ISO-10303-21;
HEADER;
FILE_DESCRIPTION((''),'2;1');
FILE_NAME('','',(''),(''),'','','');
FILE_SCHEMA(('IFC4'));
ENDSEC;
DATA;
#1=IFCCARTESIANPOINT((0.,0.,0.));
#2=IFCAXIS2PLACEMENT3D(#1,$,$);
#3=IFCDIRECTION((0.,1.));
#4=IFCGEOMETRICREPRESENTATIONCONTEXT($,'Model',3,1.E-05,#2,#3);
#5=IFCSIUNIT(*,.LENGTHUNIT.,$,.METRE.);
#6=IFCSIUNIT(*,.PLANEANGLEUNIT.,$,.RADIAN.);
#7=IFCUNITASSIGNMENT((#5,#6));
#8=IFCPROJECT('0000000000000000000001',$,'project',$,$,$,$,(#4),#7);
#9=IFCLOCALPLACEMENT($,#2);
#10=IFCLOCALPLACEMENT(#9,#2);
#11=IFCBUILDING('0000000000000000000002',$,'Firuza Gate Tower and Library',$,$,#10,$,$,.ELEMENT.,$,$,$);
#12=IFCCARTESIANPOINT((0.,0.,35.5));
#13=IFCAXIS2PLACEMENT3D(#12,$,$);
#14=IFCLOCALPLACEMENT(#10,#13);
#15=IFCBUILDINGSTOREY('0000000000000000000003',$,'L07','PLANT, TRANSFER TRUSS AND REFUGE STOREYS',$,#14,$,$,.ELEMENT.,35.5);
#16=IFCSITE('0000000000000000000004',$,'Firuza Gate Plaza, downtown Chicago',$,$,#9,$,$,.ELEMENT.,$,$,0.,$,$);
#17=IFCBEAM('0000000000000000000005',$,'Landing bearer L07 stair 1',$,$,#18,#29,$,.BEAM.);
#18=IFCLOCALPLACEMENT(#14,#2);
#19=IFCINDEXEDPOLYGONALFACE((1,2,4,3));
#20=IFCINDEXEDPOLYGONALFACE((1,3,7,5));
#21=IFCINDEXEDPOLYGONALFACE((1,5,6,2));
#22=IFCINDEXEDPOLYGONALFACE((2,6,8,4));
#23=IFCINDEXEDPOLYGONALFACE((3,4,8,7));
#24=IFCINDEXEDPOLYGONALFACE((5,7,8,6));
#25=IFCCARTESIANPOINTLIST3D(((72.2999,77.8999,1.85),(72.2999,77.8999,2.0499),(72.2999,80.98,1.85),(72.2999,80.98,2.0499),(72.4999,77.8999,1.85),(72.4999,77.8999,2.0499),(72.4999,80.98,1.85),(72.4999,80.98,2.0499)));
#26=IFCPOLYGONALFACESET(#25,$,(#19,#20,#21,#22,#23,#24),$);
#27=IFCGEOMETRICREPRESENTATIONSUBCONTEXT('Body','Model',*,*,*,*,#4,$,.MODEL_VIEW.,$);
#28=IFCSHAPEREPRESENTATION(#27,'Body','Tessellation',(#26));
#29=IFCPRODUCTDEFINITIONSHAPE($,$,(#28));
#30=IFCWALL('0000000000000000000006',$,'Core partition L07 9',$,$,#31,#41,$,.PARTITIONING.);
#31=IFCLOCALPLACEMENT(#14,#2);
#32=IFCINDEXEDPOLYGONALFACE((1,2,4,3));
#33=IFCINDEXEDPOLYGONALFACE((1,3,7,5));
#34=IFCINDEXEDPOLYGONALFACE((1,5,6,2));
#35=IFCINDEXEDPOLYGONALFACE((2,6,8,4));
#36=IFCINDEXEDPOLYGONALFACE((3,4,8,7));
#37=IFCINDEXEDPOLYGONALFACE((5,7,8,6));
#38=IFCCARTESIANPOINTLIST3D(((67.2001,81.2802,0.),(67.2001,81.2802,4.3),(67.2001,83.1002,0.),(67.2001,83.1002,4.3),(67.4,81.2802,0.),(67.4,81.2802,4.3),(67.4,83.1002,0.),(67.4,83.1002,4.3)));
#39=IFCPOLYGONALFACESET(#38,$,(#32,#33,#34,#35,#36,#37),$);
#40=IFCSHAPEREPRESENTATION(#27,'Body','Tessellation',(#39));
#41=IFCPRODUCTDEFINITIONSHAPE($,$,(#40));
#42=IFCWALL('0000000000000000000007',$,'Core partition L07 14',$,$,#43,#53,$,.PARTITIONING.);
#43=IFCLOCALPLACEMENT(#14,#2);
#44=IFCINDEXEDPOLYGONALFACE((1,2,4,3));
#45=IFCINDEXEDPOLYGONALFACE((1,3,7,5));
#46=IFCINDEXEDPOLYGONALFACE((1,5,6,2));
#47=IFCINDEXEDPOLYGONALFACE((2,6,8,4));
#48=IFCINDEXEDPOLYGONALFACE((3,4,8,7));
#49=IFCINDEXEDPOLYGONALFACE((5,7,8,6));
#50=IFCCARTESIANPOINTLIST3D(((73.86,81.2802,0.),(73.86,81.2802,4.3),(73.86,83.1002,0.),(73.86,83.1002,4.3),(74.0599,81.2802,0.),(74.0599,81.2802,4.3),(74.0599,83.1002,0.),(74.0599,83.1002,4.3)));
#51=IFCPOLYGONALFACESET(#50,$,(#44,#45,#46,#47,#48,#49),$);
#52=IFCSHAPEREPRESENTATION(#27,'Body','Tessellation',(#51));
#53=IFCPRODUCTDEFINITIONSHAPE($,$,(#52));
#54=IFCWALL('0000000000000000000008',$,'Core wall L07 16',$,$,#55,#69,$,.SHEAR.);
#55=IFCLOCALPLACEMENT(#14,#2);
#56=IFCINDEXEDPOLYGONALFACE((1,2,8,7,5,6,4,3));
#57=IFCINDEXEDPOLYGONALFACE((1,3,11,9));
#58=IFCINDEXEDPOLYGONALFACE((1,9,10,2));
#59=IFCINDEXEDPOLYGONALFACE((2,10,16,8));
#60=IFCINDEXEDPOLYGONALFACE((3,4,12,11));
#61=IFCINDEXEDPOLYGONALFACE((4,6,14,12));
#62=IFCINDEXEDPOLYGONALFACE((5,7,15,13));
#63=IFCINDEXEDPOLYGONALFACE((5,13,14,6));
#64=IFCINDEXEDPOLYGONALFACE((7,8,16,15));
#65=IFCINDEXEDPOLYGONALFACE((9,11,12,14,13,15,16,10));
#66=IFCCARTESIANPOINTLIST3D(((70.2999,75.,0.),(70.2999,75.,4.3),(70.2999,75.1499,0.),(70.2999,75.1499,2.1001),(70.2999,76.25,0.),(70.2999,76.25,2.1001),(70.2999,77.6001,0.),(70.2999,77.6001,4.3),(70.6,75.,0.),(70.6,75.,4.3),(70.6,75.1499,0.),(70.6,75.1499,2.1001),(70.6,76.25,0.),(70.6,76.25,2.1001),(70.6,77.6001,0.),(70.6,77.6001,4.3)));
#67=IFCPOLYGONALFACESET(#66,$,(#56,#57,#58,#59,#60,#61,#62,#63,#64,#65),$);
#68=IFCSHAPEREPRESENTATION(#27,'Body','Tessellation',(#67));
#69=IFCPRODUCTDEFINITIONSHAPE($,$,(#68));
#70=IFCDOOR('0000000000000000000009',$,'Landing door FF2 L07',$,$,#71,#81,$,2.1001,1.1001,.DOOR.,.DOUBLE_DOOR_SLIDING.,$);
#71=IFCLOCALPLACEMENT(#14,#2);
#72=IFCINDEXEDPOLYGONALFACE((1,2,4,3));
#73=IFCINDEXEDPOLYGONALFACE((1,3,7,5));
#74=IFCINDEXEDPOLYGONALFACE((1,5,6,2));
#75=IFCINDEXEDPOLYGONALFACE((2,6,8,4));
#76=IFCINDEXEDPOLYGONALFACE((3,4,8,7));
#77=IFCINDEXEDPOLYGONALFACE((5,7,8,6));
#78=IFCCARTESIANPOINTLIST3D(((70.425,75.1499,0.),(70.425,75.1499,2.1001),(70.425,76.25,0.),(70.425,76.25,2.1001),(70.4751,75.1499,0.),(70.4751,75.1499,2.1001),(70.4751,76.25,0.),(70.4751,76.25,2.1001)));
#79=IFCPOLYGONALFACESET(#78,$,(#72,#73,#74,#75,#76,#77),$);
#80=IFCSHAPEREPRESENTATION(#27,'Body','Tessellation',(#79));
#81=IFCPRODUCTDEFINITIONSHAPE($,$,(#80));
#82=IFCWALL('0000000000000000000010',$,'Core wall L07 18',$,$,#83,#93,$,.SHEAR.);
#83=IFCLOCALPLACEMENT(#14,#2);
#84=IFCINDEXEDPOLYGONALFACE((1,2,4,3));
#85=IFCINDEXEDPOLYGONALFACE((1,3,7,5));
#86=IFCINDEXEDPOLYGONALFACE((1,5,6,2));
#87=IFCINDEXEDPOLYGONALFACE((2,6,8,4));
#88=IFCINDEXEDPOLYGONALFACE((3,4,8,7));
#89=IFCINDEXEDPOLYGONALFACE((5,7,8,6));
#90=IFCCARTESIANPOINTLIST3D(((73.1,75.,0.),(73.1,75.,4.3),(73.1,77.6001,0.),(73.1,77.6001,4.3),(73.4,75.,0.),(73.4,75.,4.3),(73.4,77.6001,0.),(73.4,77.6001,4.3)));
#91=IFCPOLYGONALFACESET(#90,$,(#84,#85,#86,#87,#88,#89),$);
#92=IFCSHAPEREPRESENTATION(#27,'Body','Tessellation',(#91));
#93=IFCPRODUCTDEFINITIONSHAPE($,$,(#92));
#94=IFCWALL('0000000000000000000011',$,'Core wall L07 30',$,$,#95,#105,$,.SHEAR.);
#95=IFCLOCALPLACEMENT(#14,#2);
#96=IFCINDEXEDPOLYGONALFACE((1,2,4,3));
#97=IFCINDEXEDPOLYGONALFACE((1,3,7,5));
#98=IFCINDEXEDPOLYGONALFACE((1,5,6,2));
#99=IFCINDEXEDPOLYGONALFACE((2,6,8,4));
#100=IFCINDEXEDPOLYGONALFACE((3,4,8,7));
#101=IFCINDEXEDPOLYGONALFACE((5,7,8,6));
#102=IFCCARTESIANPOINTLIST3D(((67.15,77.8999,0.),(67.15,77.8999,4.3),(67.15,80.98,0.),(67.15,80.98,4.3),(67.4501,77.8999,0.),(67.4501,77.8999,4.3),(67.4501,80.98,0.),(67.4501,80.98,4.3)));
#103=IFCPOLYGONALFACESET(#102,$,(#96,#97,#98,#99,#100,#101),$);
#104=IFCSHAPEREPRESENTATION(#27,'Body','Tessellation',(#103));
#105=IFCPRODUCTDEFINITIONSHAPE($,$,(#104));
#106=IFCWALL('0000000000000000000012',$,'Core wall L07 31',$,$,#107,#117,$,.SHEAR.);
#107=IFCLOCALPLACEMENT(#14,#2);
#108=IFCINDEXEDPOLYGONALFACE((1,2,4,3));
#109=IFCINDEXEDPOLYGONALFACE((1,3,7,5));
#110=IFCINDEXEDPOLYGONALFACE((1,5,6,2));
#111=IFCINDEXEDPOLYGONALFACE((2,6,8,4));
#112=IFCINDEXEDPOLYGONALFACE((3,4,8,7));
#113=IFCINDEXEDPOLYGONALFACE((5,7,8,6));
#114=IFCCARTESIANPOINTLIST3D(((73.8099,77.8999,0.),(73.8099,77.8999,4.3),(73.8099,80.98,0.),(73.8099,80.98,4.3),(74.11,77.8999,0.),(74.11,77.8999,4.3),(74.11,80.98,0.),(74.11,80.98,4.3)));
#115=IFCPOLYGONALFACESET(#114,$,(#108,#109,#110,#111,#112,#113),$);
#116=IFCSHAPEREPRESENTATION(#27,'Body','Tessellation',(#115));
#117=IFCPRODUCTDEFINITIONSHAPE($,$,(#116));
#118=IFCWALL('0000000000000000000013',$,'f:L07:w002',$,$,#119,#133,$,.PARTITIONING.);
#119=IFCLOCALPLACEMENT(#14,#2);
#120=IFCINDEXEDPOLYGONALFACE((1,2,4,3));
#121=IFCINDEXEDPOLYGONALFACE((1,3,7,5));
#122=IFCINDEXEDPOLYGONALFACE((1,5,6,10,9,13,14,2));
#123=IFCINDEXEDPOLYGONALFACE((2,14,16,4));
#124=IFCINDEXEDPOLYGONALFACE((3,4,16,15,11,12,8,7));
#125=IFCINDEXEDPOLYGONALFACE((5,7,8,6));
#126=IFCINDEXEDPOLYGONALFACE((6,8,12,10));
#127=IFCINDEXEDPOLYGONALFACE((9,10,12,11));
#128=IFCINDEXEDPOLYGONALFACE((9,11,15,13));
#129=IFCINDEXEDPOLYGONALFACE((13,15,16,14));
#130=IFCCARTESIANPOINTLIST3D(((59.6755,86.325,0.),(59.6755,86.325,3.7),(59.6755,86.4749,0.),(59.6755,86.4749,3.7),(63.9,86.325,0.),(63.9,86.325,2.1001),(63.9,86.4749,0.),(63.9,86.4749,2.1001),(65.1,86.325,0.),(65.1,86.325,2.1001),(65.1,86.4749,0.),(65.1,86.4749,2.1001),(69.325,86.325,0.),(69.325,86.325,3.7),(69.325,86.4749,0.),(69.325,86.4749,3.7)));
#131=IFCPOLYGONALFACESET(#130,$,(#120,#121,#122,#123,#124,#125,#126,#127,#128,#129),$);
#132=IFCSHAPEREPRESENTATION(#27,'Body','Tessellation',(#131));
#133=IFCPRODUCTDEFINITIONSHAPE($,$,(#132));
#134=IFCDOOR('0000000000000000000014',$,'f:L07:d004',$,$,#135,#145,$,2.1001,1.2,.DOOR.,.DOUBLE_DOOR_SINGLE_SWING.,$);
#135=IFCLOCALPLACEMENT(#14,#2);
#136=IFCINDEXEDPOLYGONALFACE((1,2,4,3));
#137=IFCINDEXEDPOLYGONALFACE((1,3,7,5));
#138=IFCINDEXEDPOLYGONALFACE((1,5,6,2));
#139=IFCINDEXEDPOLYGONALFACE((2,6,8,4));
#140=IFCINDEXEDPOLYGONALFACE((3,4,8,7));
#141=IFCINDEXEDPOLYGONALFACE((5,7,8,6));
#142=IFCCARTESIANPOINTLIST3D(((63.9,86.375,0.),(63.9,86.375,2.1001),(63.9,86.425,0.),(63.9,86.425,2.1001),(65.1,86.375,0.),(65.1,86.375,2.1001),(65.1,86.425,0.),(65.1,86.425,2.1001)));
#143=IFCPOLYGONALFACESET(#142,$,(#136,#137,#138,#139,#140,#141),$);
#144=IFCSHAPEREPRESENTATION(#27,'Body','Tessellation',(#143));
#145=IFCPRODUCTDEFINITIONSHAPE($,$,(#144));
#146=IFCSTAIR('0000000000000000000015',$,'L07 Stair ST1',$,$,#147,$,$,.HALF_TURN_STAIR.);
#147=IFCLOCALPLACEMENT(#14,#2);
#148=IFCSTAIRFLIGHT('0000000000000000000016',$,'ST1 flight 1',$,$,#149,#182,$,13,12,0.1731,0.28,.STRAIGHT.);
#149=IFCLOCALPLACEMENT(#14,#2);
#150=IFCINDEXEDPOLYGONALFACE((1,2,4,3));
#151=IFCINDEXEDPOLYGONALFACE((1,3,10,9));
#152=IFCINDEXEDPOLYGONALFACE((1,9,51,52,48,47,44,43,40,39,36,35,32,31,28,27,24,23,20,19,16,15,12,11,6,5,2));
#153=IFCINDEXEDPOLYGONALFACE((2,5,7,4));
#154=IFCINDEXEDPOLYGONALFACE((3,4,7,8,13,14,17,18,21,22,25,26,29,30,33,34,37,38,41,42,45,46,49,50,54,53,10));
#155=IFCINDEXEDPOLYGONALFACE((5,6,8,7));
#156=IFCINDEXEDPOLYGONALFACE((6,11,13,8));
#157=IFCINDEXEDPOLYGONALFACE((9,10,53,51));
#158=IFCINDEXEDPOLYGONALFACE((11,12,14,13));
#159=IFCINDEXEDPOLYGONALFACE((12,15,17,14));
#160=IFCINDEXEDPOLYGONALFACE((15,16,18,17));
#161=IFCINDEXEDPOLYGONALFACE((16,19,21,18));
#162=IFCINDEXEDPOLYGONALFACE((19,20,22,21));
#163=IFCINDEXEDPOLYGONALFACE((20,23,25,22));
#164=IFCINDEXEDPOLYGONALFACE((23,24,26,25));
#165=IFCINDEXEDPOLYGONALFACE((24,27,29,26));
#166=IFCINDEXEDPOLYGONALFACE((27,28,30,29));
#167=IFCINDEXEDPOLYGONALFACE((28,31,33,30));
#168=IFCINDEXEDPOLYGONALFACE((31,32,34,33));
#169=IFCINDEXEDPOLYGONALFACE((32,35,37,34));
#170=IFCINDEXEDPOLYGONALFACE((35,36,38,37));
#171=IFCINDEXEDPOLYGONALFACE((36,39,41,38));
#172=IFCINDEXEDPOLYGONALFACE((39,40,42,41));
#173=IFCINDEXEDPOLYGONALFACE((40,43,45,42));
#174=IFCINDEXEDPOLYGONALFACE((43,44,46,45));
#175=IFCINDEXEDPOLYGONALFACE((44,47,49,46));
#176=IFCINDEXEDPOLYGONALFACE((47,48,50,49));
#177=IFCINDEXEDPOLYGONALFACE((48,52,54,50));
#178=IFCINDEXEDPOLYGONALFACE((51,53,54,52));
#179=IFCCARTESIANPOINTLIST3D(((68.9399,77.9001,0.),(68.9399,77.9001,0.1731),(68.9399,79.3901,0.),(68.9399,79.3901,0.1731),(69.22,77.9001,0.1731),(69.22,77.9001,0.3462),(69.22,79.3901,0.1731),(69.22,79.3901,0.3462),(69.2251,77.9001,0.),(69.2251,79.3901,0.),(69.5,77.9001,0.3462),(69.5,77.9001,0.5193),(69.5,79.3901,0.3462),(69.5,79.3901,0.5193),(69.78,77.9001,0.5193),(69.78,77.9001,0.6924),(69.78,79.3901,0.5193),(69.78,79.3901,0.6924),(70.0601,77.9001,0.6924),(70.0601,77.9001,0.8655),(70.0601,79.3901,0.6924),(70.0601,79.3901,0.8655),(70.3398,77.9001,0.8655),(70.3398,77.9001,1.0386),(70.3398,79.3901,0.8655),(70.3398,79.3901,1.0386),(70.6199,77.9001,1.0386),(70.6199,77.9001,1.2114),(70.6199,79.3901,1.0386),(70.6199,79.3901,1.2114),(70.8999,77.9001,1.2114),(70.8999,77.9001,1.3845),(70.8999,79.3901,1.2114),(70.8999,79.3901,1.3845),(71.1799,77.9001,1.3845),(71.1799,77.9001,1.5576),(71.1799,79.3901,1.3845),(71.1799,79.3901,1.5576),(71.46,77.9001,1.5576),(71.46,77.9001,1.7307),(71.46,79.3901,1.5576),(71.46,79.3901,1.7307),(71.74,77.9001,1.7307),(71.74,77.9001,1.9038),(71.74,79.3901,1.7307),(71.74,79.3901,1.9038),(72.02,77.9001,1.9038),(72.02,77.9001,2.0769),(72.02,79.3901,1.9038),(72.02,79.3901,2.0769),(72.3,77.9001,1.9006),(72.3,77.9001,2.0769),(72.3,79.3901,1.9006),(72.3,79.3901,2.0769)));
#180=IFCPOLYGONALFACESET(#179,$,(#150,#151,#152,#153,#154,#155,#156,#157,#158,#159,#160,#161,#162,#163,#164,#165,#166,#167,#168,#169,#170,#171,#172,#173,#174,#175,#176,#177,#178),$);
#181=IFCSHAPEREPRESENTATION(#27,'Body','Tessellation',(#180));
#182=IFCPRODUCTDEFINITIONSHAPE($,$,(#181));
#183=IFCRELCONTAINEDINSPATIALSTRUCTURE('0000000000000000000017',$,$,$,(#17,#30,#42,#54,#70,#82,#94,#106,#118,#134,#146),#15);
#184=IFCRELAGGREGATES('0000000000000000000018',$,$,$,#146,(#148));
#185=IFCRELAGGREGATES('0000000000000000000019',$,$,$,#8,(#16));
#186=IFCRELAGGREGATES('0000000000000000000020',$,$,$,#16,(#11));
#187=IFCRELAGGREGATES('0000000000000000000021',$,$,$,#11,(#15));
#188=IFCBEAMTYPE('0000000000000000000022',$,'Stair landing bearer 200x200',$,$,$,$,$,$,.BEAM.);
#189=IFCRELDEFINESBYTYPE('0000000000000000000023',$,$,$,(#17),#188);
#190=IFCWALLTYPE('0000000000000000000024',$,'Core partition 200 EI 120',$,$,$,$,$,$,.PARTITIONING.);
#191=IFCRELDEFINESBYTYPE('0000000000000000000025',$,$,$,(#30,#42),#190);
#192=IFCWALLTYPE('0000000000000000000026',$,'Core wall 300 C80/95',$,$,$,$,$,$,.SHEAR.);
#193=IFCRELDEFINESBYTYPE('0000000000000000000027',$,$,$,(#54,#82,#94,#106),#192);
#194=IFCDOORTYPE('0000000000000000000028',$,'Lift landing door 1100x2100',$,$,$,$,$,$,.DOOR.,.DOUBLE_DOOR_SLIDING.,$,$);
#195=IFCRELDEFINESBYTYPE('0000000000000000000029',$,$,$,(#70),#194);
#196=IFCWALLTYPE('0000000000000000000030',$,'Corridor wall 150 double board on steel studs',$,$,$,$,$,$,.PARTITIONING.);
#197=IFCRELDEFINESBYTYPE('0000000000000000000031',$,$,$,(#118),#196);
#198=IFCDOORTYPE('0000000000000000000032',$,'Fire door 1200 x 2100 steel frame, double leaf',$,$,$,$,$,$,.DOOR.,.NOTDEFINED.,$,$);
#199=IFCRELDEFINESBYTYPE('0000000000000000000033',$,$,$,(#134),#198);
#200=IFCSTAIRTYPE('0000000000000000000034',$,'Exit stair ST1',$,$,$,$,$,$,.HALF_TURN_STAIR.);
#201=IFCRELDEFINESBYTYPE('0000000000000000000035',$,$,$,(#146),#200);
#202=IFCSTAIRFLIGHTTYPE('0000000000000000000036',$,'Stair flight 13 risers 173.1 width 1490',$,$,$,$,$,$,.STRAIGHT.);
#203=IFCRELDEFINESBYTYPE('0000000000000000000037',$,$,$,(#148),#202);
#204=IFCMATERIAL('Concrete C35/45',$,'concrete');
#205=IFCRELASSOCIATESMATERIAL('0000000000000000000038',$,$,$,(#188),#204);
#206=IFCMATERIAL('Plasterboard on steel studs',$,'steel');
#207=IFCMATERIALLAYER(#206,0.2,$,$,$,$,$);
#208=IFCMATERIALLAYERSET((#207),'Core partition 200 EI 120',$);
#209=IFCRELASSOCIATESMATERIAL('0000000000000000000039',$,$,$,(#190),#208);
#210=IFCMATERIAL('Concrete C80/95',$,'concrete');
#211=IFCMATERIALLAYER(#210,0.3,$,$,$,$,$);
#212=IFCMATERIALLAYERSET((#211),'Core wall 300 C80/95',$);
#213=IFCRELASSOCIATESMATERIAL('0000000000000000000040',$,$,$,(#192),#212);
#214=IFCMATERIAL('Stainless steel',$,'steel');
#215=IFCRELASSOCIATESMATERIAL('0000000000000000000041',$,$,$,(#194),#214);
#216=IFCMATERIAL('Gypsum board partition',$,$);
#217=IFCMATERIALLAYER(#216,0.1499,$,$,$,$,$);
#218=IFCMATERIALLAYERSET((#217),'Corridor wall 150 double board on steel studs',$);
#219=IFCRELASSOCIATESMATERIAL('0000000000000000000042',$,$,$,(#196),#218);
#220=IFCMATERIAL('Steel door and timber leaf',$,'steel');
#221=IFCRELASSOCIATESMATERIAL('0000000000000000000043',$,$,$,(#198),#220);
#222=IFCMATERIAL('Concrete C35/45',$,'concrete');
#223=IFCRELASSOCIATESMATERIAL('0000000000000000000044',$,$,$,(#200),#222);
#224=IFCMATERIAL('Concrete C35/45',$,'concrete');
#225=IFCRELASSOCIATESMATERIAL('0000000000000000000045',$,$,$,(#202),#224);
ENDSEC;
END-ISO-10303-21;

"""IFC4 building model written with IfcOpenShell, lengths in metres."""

from ifc_helpers import new_model, si_unit, direction, frame, frame_2d, origin, origin_2d, place, context, subcontext, project, spatial, polyline, rectangle, outline, extrude, material, layer, layer_set, material_profile, profile_set, type_object, element, fill, aggregate, save


model = new_model("IFC4")

# Units and contexts
model_context = context("Model", 3, precision=1e-05, world=origin(), true_north=direction((0.0, 1.0)))
body_context = subcontext(model_context, "Body", "Model", "MODEL_VIEW")
ifc_project = project(units=[si_unit("LENGTHUNIT", "METRE"), si_unit("PLANEANGLEUNIT", "RADIAN")], contexts=[model_context])

# Site, building, storey
site_placement = place(None, origin())
site = spatial("IfcSite", under=ifc_project, at=site_placement, Name="Firuza Gate Plaza, downtown Chicago", CompositionType="ELEMENT", RefElevation=0.0)
building_placement = place(site_placement, origin())
building = spatial("IfcBuilding", under=site, at=building_placement, Name="Firuza Gate Tower and Library", CompositionType="ELEMENT")
storey_placement = place(building_placement, frame((0.0, 0.0, 35.5)))
storey = spatial("IfcBuildingStorey", under=building, at=storey_placement, Name="L07", Description="PLANT, TRANSFER TRUSS AND REFUGE STOREYS", CompositionType="ELEMENT", Elevation=35.5)

# Beam
ifc_material_1 = material(Name="Concrete C35/45", Category="concrete")
ifc_material_profile = material_profile(ifc_material_1, rectangle(XDim=0.2, YDim=0.2, at=origin_2d()))
ifc_profile_set = profile_set([ifc_material_profile], Name="Concrete C35/45")
beam_type = type_object("IfcBeamType", Name="Stair landing bearer 200x200", PredefinedType="BEAM", material=ifc_profile_set)
beam_placement = place(storey_placement, frame((72.3999, 77.8999, 1.95), z_axis=(0.0, 1.0, 0.0), x_axis=(-1.0, 0.0, 0.0)))
element("IfcBeam", 1, at=beam_placement, inside=storey, type_object=beam_type, Name="Landing bearer L07 stair 1", PredefinedType="BEAM", context=body_context, shape_type="SweptSolid", body=[
    extrude(rectangle(XDim=0.2, YDim=0.2, at=origin_2d()), origin(), (0.0, 0.0, 1.0), 3.0801),
])

# Walls
ifc_material_2 = material(Name="Plasterboard on steel studs", Category="steel")
ifc_layer_1 = layer(ifc_material_2, 0.2)
ifc_layer_set_1 = layer_set([ifc_layer_1], Name="Core partition 200 EI 120")
wall_type_1 = type_object("IfcWallType", Name="Core partition 200 EI 120", PredefinedType="PARTITIONING", material=ifc_layer_set_1)
for number, where, z_axis, x_axis, name in (
    (2, (67.3, 81.28, 0.0), (0.0, 0.0, 1.0), (0.0, 1.0, 0.0), "Core partition L07 9"),
    (3, (73.96, 81.28, 0.0), (0.0, 0.0, 1.0), (0.0, 1.0, 0.0), "Core partition L07 14"),
):
    element("IfcWall", number, at=place(storey_placement, frame(where, z_axis=z_axis, x_axis=x_axis)), inside=storey, type_object=wall_type_1, Name=name, PredefinedType="PARTITIONING", context=body_context, shape_type="SweptSolid", body=[
        extrude(rectangle(XDim=1.8201, YDim=0.2, at=frame_2d((0.9102, 0.0))), origin(), (0.0, 0.0, 1.0), 4.3),
    ])

# Wall, opening, door
ifc_material_3 = material(Name="Concrete C80/95", Category="concrete")
ifc_layer_2 = layer(ifc_material_3, 0.3)
ifc_layer_set_2 = layer_set([ifc_layer_2], Name="Core wall 300 C80/95")
wall_type_2 = type_object("IfcWallType", Name="Core wall 300 C80/95", PredefinedType="SHEAR", material=ifc_layer_set_2)
wall_1_placement = place(storey_placement, frame((70.45, 75.0, 0.0), z_axis=(0.0, 0.0, 1.0), x_axis=(0.0, 1.0, 0.0)))
wall_1 = element("IfcWall", 4, at=wall_1_placement, inside=storey, type_object=wall_type_2, Name="Core wall L07 16", PredefinedType="SHEAR", context=body_context, shape_type="SweptSolid", body=[
    extrude(rectangle(XDim=2.6001, YDim=0.3, at=frame_2d((1.3, 0.0))), origin(), (0.0, 0.0, 1.0), 4.3),
])
opening_1_placement = place(wall_1_placement, frame((0.1499, 0.0, 0.0)))
opening_1 = element("IfcOpeningElement", 5, at=opening_1_placement, cuts=wall_1, PredefinedType="OPENING", context=body_context, shape_type="SweptSolid", body=[
    extrude(rectangle(XDim=1.1001, YDim=2.1001, at=frame_2d((0.55, 1.05))), frame((0.0, 0.1602, 0.0), z_axis=(0.0, -1.0, 0.0), x_axis=(1.0, 0.0, 0.0)), (0.0, 0.0, 1.0), 0.3201),
])
ifc_material_4 = material(Name="Stainless steel", Category="steel")
door_type_1 = type_object("IfcDoorType", Name="Lift landing door 1100x2100", OperationType="DOUBLE_DOOR_SLIDING", PredefinedType="DOOR", material=ifc_material_4)
door_1_placement = place(opening_1_placement, origin())
door_1 = element("IfcDoor", 6, at=door_1_placement, inside=storey, type_object=door_type_1, Name="Landing door FF2 L07", OperationType="DOUBLE_DOOR_SLIDING", OverallHeight=2.1001, OverallWidth=1.1001, PredefinedType="DOOR", context=body_context, shape_type="SweptSolid", body=[
    extrude(rectangle(XDim=1.1001, YDim=2.1001, at=frame_2d((0.55, 1.05))), frame((0.0, 0.0249, 0.0), z_axis=(0.0, -1.0, 0.0), x_axis=(1.0, 0.0, 0.0)), (0.0, 0.0, 1.0), 0.05),
])
fill(opening_1, door_1)

# Walls
wall_2_placement = place(storey_placement, frame((73.25, 75.0, 0.0), z_axis=(0.0, 0.0, 1.0), x_axis=(0.0, 1.0, 0.0)))
element("IfcWall", 7, at=wall_2_placement, inside=storey, type_object=wall_type_2, Name="Core wall L07 18", PredefinedType="SHEAR", context=body_context, shape_type="SweptSolid", body=[
    extrude(rectangle(XDim=2.6001, YDim=0.3, at=frame_2d((1.3, 0.0))), origin(), (0.0, 0.0, 1.0), 4.3),
])
for number, where, z_axis, x_axis, name in (
    (8, (67.3, 77.8999, 0.0), (0.0, 0.0, 1.0), (0.0, 1.0, 0.0), "Core wall L07 30"),
    (9, (73.96, 77.8999, 0.0), (0.0, 0.0, 1.0), (0.0, 1.0, 0.0), "Core wall L07 31"),
):
    element("IfcWall", number, at=place(storey_placement, frame(where, z_axis=z_axis, x_axis=x_axis)), inside=storey, type_object=wall_type_2, Name=name, PredefinedType="SHEAR", context=body_context, shape_type="SweptSolid", body=[
        extrude(rectangle(XDim=3.0801, YDim=0.3, at=frame_2d((1.54, 0.0))), origin(), (0.0, 0.0, 1.0), 4.3),
    ])

# Wall, opening, door
ifc_material_5 = material(Name="Gypsum board partition")
ifc_layer_3 = layer(ifc_material_5, 0.1499)
ifc_layer_set_3 = layer_set([ifc_layer_3], Name="Corridor wall 150 double board on steel studs")
wall_type_3 = type_object("IfcWallType", Name="Corridor wall 150 double board on steel studs", PredefinedType="PARTITIONING", material=ifc_layer_set_3)
wall_3_placement = place(storey_placement, frame((69.325, 86.3999, 0.0), z_axis=(0.0, 0.0, 1.0), x_axis=(-1.0, 0.0, 0.0)))
wall_3 = element("IfcWall", 10, at=wall_3_placement, inside=storey, type_object=wall_type_3, Name="f:L07:w002", PredefinedType="PARTITIONING", context=body_context, shape_type="SweptSolid", body=[
    extrude(rectangle(XDim=9.6494, YDim=0.1499, at=frame_2d((4.8247, 0.0))), origin(), (0.0, 0.0, 1.0), 3.7),
])
opening_2_placement = place(wall_3_placement, frame((4.2249, 0.0, 0.0)))
opening_2 = element("IfcOpeningElement", 11, at=opening_2_placement, cuts=wall_3, PredefinedType="OPENING", context=body_context, shape_type="SweptSolid", body=[
    extrude(rectangle(XDim=1.2, YDim=2.1001, at=frame_2d((0.6001, 1.05))), frame((0.0, 0.085, 0.0), z_axis=(0.0, -1.0, 0.0), x_axis=(1.0, 0.0, 0.0)), (0.0, 0.0, 1.0), 0.1699),
])
ifc_material_6 = material(Name="Steel door and timber leaf", Category="steel")
door_type_2 = type_object("IfcDoorType", Name="Fire door 1200 x 2100 steel frame, double leaf", OperationType="NOTDEFINED", PredefinedType="DOOR", material=ifc_material_6)
door_2_placement = place(opening_2_placement, origin())
door_2 = element("IfcDoor", 12, at=door_2_placement, inside=storey, type_object=door_type_2, Name="f:L07:d004", OperationType="DOUBLE_DOOR_SINGLE_SWING", OverallHeight=2.1001, OverallWidth=1.2, PredefinedType="DOOR", context=body_context, shape_type="SweptSolid", body=[
    extrude(rectangle(XDim=1.2, YDim=2.1001, at=frame_2d((0.6001, 1.05))), frame((0.0, 0.0249, 0.0), z_axis=(0.0, -1.0, 0.0), x_axis=(1.0, 0.0, 0.0)), (0.0, 0.0, 1.0), 0.05),
])
fill(opening_2, door_2)

# Stair, stair flight
ifc_material_7 = material(Name="Concrete C35/45", Category="concrete")
stair_type = type_object("IfcStairType", Name="Exit stair ST1", PredefinedType="HALF_TURN_STAIR", material=ifc_material_7)
stair_placement = place(storey_placement, origin())
stair = element("IfcStair", 13, at=stair_placement, inside=storey, type_object=stair_type, Name="L07 Stair ST1", PredefinedType="HALF_TURN_STAIR")
ifc_material_8 = material(Name="Concrete C35/45", Category="concrete")
stair_flight_type = type_object("IfcStairFlightType", Name="Stair flight 13 risers 173.1 width 1490", PredefinedType="STRAIGHT", material=ifc_material_8)
stair_flight_1_placement = place(storey_placement, frame((68.9399, 78.645, 0.0), z_axis=(0.0, 0.0, 1.0), x_axis=(1.0, 0.0, 0.0)))
stair_flight_1 = element("IfcStairFlight", 14, at=stair_flight_1_placement, type_object=stair_flight_type, Name="ST1 flight 1", NumberOfRisers=13, NumberOfTreads=12, PredefinedType="STRAIGHT", RiserHeight=0.1731, TreadLength=0.28, context=body_context, shape_type="SweptSolid", body=[
    extrude(outline(polyline([(0.0, 0.0), (0.0, 0.1731), (0.28, 0.1731), (0.28, 0.3462), (0.5601, 0.3462), (0.5601, 0.5193), (0.8401, 0.5193), (0.8401, 0.6924), (1.1201, 0.6924), (1.1201, 0.8655), (1.3999, 0.8655), (1.3999, 1.0386), (1.6799, 1.0386), (1.6799, 1.2114), (1.96, 1.2114), (1.96, 1.3845), (2.24, 1.3845), (2.24, 1.5576), (2.52, 1.5576), (2.52, 1.7307), (2.8, 1.7307), (2.8, 1.9038), (3.0801, 1.9038), (3.0801, 2.0769), (3.3601, 2.0769), (3.3601, 2.25), (3.3601, 1.9006), (0.2852, 0.0), (0.0, 0.0)])), frame((0.0, 0.7451, 0.0), z_axis=(0.0, -1.0, 0.0), x_axis=(1.0, 0.0, 0.0)), (0.0, 0.0, 1.0), 1.49),
])
aggregate(stair, [stair_flight_1])

save(model, "model.ifc")
